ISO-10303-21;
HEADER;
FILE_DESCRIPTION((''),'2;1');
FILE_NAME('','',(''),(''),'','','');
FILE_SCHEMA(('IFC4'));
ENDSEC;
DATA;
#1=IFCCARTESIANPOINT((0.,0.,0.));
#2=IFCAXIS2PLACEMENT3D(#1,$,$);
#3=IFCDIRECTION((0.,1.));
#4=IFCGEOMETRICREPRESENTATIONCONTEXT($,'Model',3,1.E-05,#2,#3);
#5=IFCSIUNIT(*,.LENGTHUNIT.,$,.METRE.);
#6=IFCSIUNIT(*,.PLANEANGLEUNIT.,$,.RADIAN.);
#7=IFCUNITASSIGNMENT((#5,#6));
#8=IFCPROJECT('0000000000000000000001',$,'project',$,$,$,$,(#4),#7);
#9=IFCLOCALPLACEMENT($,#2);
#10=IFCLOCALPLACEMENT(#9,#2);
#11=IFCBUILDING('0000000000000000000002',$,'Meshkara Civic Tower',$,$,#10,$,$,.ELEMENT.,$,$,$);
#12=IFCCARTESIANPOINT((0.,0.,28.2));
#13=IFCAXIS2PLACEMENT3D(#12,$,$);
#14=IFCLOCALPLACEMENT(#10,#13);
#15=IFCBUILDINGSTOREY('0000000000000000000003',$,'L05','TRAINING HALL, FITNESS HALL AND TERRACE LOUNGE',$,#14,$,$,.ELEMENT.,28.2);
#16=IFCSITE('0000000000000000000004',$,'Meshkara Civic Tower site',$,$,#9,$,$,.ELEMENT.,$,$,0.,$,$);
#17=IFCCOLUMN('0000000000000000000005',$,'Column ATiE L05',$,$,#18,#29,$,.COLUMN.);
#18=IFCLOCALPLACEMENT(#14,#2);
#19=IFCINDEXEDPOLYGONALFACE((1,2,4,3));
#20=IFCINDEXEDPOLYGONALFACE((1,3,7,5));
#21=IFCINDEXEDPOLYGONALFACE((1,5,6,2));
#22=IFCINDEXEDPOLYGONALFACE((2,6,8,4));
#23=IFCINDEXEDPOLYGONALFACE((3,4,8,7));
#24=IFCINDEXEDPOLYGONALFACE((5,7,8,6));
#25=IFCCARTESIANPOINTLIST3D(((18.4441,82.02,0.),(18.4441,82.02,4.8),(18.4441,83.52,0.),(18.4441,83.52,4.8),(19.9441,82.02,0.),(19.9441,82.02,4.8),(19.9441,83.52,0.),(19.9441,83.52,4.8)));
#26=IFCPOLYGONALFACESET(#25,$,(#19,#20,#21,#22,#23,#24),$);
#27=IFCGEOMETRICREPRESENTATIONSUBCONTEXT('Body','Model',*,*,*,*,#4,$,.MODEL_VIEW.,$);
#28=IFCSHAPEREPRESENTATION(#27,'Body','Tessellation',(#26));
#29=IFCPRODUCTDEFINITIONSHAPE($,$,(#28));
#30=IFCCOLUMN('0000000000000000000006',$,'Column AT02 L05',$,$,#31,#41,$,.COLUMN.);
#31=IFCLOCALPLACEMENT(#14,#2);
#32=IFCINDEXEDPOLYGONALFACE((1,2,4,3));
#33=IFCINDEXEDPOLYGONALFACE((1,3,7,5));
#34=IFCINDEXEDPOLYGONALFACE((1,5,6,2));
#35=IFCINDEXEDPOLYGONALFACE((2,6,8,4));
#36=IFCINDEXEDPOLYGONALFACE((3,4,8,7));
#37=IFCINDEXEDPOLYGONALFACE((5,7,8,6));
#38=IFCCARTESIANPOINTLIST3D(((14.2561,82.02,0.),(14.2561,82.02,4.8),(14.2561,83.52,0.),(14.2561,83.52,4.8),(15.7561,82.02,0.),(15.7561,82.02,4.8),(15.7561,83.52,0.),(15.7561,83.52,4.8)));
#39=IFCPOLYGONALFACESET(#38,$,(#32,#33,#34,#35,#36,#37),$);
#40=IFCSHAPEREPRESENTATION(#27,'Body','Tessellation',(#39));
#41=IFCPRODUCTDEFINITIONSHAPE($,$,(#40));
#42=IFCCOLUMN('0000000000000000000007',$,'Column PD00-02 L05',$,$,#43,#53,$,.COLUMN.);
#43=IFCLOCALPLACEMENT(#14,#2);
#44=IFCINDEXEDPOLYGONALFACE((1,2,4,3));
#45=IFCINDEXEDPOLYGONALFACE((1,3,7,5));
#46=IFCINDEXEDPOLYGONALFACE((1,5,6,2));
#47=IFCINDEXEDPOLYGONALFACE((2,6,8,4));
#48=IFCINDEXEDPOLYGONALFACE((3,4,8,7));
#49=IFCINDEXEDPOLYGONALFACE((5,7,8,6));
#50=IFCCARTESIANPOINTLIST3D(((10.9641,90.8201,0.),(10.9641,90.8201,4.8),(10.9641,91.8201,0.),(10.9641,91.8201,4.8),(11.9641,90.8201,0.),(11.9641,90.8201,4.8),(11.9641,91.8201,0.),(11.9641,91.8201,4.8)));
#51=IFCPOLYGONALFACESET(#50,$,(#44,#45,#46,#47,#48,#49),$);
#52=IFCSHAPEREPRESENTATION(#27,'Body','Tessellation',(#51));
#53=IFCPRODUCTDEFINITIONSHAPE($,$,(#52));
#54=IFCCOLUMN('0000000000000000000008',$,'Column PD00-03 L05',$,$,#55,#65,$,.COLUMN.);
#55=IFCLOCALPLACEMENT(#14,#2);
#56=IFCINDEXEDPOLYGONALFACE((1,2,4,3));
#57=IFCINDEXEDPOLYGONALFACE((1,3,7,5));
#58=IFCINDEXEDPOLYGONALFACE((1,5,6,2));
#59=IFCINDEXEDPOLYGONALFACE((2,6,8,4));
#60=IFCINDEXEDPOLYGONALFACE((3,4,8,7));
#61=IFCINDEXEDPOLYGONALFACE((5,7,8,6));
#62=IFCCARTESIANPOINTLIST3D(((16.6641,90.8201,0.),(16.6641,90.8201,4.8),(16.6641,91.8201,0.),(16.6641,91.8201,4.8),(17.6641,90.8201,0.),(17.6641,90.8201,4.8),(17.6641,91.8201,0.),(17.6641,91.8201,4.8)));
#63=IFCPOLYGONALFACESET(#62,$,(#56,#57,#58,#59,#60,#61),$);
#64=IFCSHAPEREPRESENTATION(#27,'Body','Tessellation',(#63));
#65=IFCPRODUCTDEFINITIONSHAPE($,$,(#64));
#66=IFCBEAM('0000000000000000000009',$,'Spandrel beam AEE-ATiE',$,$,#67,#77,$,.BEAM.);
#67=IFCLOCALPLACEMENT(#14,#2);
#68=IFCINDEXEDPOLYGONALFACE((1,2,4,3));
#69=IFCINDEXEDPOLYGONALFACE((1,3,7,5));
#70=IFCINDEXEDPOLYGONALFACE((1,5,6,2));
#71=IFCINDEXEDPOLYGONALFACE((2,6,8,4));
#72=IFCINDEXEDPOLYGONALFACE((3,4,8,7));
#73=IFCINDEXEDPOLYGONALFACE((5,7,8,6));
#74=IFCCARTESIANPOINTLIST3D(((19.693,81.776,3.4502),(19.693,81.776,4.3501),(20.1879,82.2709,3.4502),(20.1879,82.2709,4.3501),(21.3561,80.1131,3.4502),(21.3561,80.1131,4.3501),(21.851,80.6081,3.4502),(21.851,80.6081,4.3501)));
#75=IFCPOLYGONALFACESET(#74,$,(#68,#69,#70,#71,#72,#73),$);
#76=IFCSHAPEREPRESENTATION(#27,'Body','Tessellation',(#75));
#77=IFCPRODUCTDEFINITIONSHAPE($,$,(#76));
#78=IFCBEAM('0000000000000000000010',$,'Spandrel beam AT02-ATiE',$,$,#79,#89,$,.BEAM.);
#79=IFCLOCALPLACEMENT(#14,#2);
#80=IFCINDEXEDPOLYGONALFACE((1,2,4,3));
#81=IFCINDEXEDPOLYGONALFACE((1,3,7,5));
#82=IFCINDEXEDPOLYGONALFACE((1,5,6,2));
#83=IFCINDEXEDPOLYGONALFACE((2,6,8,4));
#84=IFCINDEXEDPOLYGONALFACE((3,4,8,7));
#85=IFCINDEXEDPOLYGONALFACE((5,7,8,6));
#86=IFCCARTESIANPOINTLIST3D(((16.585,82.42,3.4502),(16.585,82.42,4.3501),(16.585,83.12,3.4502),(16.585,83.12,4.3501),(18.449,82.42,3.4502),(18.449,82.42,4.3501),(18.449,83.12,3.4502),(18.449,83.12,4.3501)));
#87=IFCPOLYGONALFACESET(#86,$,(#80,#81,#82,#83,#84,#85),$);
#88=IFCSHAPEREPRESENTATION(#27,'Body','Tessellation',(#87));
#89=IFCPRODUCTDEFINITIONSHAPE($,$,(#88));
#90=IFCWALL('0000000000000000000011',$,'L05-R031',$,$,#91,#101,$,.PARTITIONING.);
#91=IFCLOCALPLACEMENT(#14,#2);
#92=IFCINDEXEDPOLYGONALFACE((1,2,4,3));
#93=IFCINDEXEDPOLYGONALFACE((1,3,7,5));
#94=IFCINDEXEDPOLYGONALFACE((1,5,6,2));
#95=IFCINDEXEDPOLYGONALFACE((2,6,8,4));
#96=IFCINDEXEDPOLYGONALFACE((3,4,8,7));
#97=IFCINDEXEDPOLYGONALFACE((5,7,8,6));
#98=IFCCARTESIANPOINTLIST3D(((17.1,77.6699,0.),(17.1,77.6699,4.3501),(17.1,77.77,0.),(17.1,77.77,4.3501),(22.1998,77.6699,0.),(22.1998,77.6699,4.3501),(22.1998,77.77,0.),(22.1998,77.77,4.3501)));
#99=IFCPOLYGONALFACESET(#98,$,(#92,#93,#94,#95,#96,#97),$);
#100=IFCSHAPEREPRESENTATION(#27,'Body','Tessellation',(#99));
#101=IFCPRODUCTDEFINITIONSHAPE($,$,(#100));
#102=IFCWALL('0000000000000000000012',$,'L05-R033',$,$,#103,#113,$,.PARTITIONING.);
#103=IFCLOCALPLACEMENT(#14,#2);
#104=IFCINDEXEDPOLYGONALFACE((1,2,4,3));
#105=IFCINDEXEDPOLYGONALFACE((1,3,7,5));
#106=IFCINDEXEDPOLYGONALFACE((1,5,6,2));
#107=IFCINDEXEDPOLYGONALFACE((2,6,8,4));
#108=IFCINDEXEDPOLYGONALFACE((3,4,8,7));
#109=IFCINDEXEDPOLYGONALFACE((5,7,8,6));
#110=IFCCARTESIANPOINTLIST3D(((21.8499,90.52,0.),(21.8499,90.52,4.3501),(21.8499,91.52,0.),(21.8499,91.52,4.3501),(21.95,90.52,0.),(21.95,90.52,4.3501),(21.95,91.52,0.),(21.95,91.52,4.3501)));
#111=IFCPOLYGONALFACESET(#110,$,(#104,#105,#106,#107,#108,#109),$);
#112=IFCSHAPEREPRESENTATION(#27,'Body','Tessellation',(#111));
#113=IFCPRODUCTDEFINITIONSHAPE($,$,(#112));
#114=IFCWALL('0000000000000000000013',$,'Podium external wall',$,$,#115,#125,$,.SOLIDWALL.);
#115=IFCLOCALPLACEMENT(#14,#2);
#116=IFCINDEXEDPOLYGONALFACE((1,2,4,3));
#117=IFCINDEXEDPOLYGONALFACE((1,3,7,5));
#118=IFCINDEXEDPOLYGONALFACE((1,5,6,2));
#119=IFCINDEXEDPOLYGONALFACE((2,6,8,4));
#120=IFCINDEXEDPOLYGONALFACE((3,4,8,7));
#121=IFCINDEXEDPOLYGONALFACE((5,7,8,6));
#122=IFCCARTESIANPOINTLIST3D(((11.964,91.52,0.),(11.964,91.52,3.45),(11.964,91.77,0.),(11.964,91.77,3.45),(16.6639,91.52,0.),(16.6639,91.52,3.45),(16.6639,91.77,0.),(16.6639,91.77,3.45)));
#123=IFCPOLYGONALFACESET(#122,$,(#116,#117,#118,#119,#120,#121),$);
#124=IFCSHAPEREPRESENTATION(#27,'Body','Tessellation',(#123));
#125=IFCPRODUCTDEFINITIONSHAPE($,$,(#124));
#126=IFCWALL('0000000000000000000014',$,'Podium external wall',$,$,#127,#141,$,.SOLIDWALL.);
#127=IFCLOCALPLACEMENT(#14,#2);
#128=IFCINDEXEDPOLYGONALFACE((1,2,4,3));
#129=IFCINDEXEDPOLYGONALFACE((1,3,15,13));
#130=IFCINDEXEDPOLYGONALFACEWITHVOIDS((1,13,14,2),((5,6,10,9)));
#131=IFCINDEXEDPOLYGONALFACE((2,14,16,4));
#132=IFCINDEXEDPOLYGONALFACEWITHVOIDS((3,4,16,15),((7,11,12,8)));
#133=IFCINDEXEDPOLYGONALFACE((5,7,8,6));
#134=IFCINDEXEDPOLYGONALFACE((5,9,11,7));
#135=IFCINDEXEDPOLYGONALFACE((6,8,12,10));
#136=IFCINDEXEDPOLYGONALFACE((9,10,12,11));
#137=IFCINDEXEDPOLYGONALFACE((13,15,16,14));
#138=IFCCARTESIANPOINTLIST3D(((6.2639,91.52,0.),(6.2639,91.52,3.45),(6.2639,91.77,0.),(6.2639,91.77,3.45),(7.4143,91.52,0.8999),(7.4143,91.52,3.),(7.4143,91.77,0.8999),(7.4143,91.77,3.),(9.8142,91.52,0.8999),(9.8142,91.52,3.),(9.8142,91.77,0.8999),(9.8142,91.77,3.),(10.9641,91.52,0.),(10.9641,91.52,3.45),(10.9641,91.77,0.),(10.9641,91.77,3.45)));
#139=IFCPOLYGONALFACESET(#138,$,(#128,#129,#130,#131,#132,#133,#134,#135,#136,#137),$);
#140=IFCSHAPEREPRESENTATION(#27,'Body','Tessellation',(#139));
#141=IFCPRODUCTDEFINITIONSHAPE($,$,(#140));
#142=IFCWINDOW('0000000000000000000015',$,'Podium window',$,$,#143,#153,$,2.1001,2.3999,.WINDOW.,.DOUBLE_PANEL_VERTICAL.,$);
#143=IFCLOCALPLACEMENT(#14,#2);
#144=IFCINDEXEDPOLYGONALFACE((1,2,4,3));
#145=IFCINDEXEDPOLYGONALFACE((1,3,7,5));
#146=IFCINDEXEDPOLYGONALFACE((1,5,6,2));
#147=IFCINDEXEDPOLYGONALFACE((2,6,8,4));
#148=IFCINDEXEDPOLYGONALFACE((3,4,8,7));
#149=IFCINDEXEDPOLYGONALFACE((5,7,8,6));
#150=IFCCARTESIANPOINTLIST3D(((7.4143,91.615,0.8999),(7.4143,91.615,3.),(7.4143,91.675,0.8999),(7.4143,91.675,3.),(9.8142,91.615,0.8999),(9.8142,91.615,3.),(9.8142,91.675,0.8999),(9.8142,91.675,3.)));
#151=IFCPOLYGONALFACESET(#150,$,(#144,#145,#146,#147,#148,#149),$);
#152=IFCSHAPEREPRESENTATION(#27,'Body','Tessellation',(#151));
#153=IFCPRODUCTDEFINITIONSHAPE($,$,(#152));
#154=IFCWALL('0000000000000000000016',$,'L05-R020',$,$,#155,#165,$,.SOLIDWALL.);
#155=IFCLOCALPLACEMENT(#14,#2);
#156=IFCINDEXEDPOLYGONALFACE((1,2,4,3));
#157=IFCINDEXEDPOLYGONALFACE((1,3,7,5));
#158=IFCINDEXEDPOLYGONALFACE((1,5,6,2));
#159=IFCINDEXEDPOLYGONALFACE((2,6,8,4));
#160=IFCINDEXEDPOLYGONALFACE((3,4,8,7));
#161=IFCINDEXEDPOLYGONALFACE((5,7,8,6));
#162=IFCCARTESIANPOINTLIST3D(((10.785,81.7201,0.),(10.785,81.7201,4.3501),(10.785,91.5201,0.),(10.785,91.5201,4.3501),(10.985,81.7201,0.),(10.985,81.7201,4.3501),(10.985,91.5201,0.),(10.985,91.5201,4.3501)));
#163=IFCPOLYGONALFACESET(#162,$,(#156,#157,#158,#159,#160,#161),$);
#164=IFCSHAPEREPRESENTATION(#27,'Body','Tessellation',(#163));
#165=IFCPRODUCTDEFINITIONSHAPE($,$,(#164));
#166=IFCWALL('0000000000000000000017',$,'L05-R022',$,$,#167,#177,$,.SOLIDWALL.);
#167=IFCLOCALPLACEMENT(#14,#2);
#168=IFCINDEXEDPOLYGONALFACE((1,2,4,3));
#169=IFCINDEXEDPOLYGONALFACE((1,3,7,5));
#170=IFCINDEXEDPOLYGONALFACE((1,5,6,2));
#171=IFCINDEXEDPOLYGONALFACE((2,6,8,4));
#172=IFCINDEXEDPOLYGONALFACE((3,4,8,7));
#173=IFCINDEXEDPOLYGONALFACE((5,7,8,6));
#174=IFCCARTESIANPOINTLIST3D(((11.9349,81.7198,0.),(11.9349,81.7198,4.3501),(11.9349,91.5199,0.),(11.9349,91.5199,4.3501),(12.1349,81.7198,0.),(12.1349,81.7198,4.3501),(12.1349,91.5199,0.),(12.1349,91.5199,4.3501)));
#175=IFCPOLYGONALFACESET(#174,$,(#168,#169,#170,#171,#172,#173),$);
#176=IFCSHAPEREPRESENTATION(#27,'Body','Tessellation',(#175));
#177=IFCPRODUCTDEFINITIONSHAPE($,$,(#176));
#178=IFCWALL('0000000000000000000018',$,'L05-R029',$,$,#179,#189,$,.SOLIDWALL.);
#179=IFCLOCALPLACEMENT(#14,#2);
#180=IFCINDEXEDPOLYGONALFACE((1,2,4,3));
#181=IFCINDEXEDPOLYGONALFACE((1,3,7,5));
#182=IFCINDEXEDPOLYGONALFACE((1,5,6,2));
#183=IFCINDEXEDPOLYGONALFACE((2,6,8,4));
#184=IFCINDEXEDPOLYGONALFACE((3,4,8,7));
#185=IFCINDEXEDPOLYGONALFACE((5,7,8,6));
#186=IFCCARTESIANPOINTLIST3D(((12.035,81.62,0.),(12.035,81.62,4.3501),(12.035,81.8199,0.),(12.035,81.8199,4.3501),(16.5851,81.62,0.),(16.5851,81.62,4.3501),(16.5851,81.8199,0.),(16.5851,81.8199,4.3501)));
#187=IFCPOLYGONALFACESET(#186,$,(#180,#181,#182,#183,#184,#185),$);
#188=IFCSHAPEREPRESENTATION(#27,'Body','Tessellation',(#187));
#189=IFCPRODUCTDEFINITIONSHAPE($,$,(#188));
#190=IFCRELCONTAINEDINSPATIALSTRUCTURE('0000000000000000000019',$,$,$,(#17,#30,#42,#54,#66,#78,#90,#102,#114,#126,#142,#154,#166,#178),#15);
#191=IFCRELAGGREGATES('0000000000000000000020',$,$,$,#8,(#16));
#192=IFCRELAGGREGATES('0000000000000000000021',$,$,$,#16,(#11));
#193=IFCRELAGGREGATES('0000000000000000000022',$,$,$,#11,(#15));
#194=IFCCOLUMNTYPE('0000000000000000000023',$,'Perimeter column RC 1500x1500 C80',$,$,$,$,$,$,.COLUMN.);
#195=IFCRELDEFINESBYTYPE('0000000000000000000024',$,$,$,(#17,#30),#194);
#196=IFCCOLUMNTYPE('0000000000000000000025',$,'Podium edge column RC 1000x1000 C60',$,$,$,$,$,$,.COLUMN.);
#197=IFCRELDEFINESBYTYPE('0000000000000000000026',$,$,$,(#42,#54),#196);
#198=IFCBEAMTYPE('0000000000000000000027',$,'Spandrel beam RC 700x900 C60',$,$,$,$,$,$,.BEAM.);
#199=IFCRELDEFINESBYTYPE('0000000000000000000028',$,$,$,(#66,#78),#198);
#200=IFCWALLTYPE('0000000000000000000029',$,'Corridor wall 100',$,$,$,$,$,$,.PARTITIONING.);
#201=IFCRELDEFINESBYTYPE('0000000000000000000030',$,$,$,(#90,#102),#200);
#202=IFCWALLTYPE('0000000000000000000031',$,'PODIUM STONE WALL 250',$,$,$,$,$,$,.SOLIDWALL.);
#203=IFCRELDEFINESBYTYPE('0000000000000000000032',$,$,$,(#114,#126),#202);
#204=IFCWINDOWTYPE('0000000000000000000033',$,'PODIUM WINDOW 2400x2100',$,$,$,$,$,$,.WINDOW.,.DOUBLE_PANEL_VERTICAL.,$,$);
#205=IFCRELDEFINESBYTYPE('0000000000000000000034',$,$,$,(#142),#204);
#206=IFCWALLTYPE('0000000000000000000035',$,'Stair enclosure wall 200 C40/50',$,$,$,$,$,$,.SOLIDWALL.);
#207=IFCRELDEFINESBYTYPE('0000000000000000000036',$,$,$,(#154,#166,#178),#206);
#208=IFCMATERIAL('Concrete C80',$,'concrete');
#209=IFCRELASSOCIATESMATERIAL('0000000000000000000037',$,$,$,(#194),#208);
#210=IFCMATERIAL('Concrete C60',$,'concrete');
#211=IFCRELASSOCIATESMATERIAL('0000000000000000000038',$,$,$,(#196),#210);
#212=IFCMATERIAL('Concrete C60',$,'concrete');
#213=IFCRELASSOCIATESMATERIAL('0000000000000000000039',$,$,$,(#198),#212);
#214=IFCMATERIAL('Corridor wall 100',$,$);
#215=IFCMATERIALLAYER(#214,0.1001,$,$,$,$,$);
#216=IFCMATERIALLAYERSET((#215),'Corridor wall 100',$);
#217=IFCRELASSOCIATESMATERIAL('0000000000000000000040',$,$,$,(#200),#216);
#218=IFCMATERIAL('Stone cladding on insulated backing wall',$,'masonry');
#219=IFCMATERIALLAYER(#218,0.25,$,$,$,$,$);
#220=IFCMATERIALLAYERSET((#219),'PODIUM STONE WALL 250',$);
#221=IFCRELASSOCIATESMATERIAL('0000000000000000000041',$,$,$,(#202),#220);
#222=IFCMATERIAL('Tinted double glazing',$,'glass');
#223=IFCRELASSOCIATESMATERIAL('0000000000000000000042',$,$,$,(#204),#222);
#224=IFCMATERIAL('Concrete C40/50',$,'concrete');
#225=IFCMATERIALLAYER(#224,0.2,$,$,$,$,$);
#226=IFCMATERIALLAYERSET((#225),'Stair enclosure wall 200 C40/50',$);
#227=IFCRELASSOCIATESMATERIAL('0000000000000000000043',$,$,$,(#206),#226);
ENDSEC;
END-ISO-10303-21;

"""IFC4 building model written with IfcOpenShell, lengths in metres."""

from ifc_helpers import new_model, si_unit, direction, frame, frame_2d, origin, origin_2d, place, context, subcontext, project, spatial, rectangle, extrude, material, layer, layer_set, material_profile, profile_set, type_object, element, fill, save


model = new_model("IFC4")

# Units and contexts
model_context = context("Model", 3, precision=1e-05, world=origin(), true_north=direction((0.0, 1.0)))
body_context = subcontext(model_context, "Body", "Model", "MODEL_VIEW")
ifc_project = project(units=[si_unit("LENGTHUNIT", "METRE"), si_unit("PLANEANGLEUNIT", "RADIAN")], contexts=[model_context])

# Site, building, storey
site_placement = place(None, origin())
site = spatial("IfcSite", under=ifc_project, at=site_placement, Name="Meshkara Civic Tower site", CompositionType="ELEMENT", RefElevation=0.0)
building_placement = place(site_placement, origin())
building = spatial("IfcBuilding", under=site, at=building_placement, Name="Meshkara Civic Tower", CompositionType="ELEMENT")
storey_placement = place(building_placement, frame((0.0, 0.0, 28.2)))
storey = spatial("IfcBuildingStorey", under=building, at=storey_placement, Name="L05", Description="TRAINING HALL, FITNESS HALL AND TERRACE LOUNGE", CompositionType="ELEMENT", Elevation=28.2)

# Columns
ifc_material_1 = material(Name="Concrete C80", Category="concrete")
ifc_material_profile_1 = material_profile(ifc_material_1, rectangle(XDim=1.5, YDim=1.5, at=origin_2d()))
ifc_profile_set_1 = profile_set([ifc_material_profile_1], Name="Concrete C80")
column_type_1 = type_object("IfcColumnType", Name="Perimeter column RC 1500x1500 C80", PredefinedType="COLUMN", material=ifc_profile_set_1)
for number, where, z_axis, x_axis, name in (
    (1, (19.1941, 82.77, 0.0), (0.0, 0.0, 1.0), (1.0, 0.0, 0.0), "Column ATiE L05"),
    (2, (15.0061, 82.77, 0.0), (0.0, 0.0, 1.0), (1.0, 0.0, 0.0), "Column AT02 L05"),
):
    element("IfcColumn", number, at=place(storey_placement, frame(where, z_axis=z_axis, x_axis=x_axis)), inside=storey, type_object=column_type_1, Name=name, PredefinedType="COLUMN", context=body_context, shape_type="SweptSolid", body=[
        extrude(rectangle(XDim=1.5, YDim=1.5, at=origin_2d()), origin(), (0.0, 0.0, 1.0), 4.8),
    ])
ifc_material_2 = material(Name="Concrete C60", Category="concrete")
ifc_material_profile_2 = material_profile(ifc_material_2, rectangle(XDim=1.0, YDim=1.0, at=origin_2d()))
ifc_profile_set_2 = profile_set([ifc_material_profile_2], Name="Concrete C60")
column_type_2 = type_object("IfcColumnType", Name="Podium edge column RC 1000x1000 C60", PredefinedType="COLUMN", material=ifc_profile_set_2)
for number, where, z_axis, x_axis, name in (
    (3, (11.4641, 91.3201, 0.0), (0.0, 0.0, 1.0), (1.0, 0.0, 0.0), "Column PD00-02 L05"),
    (4, (17.1641, 91.3201, 0.0), (0.0, 0.0, 1.0), (1.0, 0.0, 0.0), "Column PD00-03 L05"),
):
    element("IfcColumn", number, at=place(storey_placement, frame(where, z_axis=z_axis, x_axis=x_axis)), inside=storey, type_object=column_type_2, Name=name, PredefinedType="COLUMN", context=body_context, shape_type="SweptSolid", body=[
        extrude(rectangle(XDim=1.0, YDim=1.0, at=origin_2d()), origin(), (0.0, 0.0, 1.0), 4.8),
    ])

# Beams
ifc_material_3 = material(Name="Concrete C60", Category="concrete")
ifc_material_profile_3 = material_profile(ifc_material_3, rectangle(XDim=0.7, YDim=0.8999, at=origin_2d()))
ifc_profile_set_3 = profile_set([ifc_material_profile_3], Name="Concrete C60")
beam_type = type_object("IfcBeamType", Name="Spandrel beam RC 700x900 C60", PredefinedType="BEAM", material=ifc_profile_set_3)
beam_1_placement = place(storey_placement, frame((21.6035, 80.3606, 3.9001), z_axis=(-0.707159, 0.707055, 0.0), x_axis=(-0.707055, -0.707159, 0.0)))
element("IfcBeam", 5, at=beam_1_placement, inside=storey, type_object=beam_type, Name="Spandrel beam AEE-ATiE", PredefinedType="BEAM", context=body_context, shape_type="SweptSolid", body=[
    extrude(rectangle(XDim=0.7, YDim=0.8999, at=origin_2d()), origin(), (0.0, 0.0, 1.0), 2.3518),
])
beam_2_placement = place(storey_placement, frame((18.449, 82.77, 3.9001), z_axis=(-1.0, 0.0, 0.0), x_axis=(0.0, -1.0, 0.0)))
element("IfcBeam", 6, at=beam_2_placement, inside=storey, type_object=beam_type, Name="Spandrel beam AT02-ATiE", PredefinedType="BEAM", context=body_context, shape_type="SweptSolid", body=[
    extrude(rectangle(XDim=0.7, YDim=0.8999, at=origin_2d()), origin(), (0.0, 0.0, 1.0), 1.864),
])

# Walls
ifc_material_4 = material(Name="Corridor wall 100")
ifc_layer_1 = layer(ifc_material_4, 0.1001)
ifc_layer_set_1 = layer_set([ifc_layer_1], Name="Corridor wall 100")
wall_type_1 = type_object("IfcWallType", Name="Corridor wall 100", PredefinedType="PARTITIONING", material=ifc_layer_set_1)
wall_1_placement = place(storey_placement, frame((17.1001, 77.72, 0.0), z_axis=(0.0, 0.0, 1.0), x_axis=(1.0, 0.0, 0.0)))
element("IfcWall", 7, at=wall_1_placement, inside=storey, type_object=wall_type_1, Name="L05-R031", PredefinedType="PARTITIONING", context=body_context, shape_type="SweptSolid", body=[
    extrude(rectangle(XDim=5.0999, YDim=0.1001, at=frame_2d((2.5498, 0.0))), origin(), (0.0, 0.0, 1.0), 4.3501),
])
wall_2_placement = place(storey_placement, frame((21.8999, 90.52, 0.0), z_axis=(0.0, 0.0, 1.0), x_axis=(0.0, 1.0, 0.0)))
element("IfcWall", 8, at=wall_2_placement, inside=storey, type_object=wall_type_1, Name="L05-R033", PredefinedType="PARTITIONING", context=body_context, shape_type="SweptSolid", body=[
    extrude(rectangle(XDim=1.0, YDim=0.1001, at=frame_2d((0.5, 0.0))), origin(), (0.0, 0.0, 1.0), 4.3501),
])
ifc_material_5 = material(Name="Stone cladding on insulated backing wall", Category="masonry")
ifc_layer_2 = layer(ifc_material_5, 0.25)
ifc_layer_set_2 = layer_set([ifc_layer_2], Name="PODIUM STONE WALL 250")
wall_type_2 = type_object("IfcWallType", Name="PODIUM STONE WALL 250", PredefinedType="SOLIDWALL", material=ifc_layer_set_2)
wall_3_placement = place(storey_placement, frame((16.6641, 91.645, 0.0), z_axis=(0.0, 0.0, 1.0), x_axis=(-1.0, 0.0, 0.0)))
element("IfcWall", 9, at=wall_3_placement, inside=storey, type_object=wall_type_2, Name="Podium external wall", PredefinedType="SOLIDWALL", context=body_context, shape_type="SweptSolid", body=[
    extrude(rectangle(XDim=4.7, YDim=0.25, at=frame_2d((2.3501, 0.0))), origin(), (0.0, 0.0, 1.0), 3.45),
])

# Wall, opening, window
wall_4_placement = place(storey_placement, frame((10.9641, 91.645, 0.0), z_axis=(0.0, 0.0, 1.0), x_axis=(-1.0, 0.0, 0.0)))
wall_4 = element("IfcWall", 10, at=wall_4_placement, inside=storey, type_object=wall_type_2, Name="Podium external wall", PredefinedType="SOLIDWALL", context=body_context, shape_type="SweptSolid", body=[
    extrude(rectangle(XDim=4.7002, YDim=0.25, at=frame_2d((2.3501, 0.0))), origin(), (0.0, 0.0, 1.0), 3.45),
])
opening_1_placement = place(wall_4_placement, frame((1.1499, 0.0, 0.8999)))
opening_1 = element("IfcOpeningElement", 11, at=opening_1_placement, cuts=wall_4, PredefinedType="OPENING", context=body_context, shape_type="SweptSolid", body=[
    extrude(rectangle(XDim=2.3999, YDim=2.1001, at=frame_2d((1.2, 1.05))), frame((0.0, 0.135, 0.0), z_axis=(0.0, -1.0, 0.0), x_axis=(1.0, 0.0, 0.0)), (0.0, 0.0, 1.0), 0.27),
])
ifc_material_6 = material(Name="Tinted double glazing", Category="glass")
window_type = type_object("IfcWindowType", Name="PODIUM WINDOW 2400x2100", PartitioningType="DOUBLE_PANEL_VERTICAL", PredefinedType="WINDOW", material=ifc_material_6)
window_placement = place(opening_1_placement, origin())
window = element("IfcWindow", 12, at=window_placement, inside=storey, type_object=window_type, Name="Podium window", OverallHeight=2.1001, OverallWidth=2.3999, PartitioningType="DOUBLE_PANEL_VERTICAL", PredefinedType="WINDOW", context=body_context, shape_type="SweptSolid", body=[
    extrude(rectangle(XDim=2.3999, YDim=2.1001, at=frame_2d((1.2, 1.05))), frame((0.0, 0.03, 0.0), z_axis=(0.0, -1.0, 0.0), x_axis=(1.0, 0.0, 0.0)), (0.0, 0.0, 1.0), 0.0601),
])
fill(opening_1, window)

# Walls
ifc_material_7 = material(Name="Concrete C40/50", Category="concrete")
ifc_layer_3 = layer(ifc_material_7, 0.2)
ifc_layer_set_3 = layer_set([ifc_layer_3], Name="Stair enclosure wall 200 C40/50")
wall_type_3 = type_object("IfcWallType", Name="Stair enclosure wall 200 C40/50", PredefinedType="SOLIDWALL", material=ifc_layer_set_3)
for number, where, z_axis, x_axis, name in (
    (13, (10.885, 91.52, 0.0), (0.0, 0.0, 1.0), (0.0, -1.0, 0.0), "L05-R020"),
    (14, (12.0349, 81.72, 0.0), (0.0, 0.0, 1.0), (0.0, 1.0, 0.0), "L05-R022"),
):
    element("IfcWall", number, at=place(storey_placement, frame(where, z_axis=z_axis, x_axis=x_axis)), inside=storey, type_object=wall_type_3, Name=name, PredefinedType="SOLIDWALL", context=body_context, shape_type="SweptSolid", body=[
        extrude(rectangle(XDim=9.8, YDim=0.2, at=frame_2d((4.8999, 0.0))), origin(), (0.0, 0.0, 1.0), 4.3501),
    ])
wall_5_placement = place(storey_placement, frame((16.585, 81.72, 0.0), z_axis=(0.0, 0.0, 1.0), x_axis=(-1.0, 0.0, 0.0)))
element("IfcWall", 15, at=wall_5_placement, inside=storey, type_object=wall_type_3, Name="L05-R029", PredefinedType="SOLIDWALL", context=body_context, shape_type="SweptSolid", body=[
    extrude(rectangle(XDim=4.55, YDim=0.2, at=frame_2d((2.2749, 0.0))), origin(), (0.0, 0.0, 1.0), 4.3501),
])

save(model, "model.ifc")
